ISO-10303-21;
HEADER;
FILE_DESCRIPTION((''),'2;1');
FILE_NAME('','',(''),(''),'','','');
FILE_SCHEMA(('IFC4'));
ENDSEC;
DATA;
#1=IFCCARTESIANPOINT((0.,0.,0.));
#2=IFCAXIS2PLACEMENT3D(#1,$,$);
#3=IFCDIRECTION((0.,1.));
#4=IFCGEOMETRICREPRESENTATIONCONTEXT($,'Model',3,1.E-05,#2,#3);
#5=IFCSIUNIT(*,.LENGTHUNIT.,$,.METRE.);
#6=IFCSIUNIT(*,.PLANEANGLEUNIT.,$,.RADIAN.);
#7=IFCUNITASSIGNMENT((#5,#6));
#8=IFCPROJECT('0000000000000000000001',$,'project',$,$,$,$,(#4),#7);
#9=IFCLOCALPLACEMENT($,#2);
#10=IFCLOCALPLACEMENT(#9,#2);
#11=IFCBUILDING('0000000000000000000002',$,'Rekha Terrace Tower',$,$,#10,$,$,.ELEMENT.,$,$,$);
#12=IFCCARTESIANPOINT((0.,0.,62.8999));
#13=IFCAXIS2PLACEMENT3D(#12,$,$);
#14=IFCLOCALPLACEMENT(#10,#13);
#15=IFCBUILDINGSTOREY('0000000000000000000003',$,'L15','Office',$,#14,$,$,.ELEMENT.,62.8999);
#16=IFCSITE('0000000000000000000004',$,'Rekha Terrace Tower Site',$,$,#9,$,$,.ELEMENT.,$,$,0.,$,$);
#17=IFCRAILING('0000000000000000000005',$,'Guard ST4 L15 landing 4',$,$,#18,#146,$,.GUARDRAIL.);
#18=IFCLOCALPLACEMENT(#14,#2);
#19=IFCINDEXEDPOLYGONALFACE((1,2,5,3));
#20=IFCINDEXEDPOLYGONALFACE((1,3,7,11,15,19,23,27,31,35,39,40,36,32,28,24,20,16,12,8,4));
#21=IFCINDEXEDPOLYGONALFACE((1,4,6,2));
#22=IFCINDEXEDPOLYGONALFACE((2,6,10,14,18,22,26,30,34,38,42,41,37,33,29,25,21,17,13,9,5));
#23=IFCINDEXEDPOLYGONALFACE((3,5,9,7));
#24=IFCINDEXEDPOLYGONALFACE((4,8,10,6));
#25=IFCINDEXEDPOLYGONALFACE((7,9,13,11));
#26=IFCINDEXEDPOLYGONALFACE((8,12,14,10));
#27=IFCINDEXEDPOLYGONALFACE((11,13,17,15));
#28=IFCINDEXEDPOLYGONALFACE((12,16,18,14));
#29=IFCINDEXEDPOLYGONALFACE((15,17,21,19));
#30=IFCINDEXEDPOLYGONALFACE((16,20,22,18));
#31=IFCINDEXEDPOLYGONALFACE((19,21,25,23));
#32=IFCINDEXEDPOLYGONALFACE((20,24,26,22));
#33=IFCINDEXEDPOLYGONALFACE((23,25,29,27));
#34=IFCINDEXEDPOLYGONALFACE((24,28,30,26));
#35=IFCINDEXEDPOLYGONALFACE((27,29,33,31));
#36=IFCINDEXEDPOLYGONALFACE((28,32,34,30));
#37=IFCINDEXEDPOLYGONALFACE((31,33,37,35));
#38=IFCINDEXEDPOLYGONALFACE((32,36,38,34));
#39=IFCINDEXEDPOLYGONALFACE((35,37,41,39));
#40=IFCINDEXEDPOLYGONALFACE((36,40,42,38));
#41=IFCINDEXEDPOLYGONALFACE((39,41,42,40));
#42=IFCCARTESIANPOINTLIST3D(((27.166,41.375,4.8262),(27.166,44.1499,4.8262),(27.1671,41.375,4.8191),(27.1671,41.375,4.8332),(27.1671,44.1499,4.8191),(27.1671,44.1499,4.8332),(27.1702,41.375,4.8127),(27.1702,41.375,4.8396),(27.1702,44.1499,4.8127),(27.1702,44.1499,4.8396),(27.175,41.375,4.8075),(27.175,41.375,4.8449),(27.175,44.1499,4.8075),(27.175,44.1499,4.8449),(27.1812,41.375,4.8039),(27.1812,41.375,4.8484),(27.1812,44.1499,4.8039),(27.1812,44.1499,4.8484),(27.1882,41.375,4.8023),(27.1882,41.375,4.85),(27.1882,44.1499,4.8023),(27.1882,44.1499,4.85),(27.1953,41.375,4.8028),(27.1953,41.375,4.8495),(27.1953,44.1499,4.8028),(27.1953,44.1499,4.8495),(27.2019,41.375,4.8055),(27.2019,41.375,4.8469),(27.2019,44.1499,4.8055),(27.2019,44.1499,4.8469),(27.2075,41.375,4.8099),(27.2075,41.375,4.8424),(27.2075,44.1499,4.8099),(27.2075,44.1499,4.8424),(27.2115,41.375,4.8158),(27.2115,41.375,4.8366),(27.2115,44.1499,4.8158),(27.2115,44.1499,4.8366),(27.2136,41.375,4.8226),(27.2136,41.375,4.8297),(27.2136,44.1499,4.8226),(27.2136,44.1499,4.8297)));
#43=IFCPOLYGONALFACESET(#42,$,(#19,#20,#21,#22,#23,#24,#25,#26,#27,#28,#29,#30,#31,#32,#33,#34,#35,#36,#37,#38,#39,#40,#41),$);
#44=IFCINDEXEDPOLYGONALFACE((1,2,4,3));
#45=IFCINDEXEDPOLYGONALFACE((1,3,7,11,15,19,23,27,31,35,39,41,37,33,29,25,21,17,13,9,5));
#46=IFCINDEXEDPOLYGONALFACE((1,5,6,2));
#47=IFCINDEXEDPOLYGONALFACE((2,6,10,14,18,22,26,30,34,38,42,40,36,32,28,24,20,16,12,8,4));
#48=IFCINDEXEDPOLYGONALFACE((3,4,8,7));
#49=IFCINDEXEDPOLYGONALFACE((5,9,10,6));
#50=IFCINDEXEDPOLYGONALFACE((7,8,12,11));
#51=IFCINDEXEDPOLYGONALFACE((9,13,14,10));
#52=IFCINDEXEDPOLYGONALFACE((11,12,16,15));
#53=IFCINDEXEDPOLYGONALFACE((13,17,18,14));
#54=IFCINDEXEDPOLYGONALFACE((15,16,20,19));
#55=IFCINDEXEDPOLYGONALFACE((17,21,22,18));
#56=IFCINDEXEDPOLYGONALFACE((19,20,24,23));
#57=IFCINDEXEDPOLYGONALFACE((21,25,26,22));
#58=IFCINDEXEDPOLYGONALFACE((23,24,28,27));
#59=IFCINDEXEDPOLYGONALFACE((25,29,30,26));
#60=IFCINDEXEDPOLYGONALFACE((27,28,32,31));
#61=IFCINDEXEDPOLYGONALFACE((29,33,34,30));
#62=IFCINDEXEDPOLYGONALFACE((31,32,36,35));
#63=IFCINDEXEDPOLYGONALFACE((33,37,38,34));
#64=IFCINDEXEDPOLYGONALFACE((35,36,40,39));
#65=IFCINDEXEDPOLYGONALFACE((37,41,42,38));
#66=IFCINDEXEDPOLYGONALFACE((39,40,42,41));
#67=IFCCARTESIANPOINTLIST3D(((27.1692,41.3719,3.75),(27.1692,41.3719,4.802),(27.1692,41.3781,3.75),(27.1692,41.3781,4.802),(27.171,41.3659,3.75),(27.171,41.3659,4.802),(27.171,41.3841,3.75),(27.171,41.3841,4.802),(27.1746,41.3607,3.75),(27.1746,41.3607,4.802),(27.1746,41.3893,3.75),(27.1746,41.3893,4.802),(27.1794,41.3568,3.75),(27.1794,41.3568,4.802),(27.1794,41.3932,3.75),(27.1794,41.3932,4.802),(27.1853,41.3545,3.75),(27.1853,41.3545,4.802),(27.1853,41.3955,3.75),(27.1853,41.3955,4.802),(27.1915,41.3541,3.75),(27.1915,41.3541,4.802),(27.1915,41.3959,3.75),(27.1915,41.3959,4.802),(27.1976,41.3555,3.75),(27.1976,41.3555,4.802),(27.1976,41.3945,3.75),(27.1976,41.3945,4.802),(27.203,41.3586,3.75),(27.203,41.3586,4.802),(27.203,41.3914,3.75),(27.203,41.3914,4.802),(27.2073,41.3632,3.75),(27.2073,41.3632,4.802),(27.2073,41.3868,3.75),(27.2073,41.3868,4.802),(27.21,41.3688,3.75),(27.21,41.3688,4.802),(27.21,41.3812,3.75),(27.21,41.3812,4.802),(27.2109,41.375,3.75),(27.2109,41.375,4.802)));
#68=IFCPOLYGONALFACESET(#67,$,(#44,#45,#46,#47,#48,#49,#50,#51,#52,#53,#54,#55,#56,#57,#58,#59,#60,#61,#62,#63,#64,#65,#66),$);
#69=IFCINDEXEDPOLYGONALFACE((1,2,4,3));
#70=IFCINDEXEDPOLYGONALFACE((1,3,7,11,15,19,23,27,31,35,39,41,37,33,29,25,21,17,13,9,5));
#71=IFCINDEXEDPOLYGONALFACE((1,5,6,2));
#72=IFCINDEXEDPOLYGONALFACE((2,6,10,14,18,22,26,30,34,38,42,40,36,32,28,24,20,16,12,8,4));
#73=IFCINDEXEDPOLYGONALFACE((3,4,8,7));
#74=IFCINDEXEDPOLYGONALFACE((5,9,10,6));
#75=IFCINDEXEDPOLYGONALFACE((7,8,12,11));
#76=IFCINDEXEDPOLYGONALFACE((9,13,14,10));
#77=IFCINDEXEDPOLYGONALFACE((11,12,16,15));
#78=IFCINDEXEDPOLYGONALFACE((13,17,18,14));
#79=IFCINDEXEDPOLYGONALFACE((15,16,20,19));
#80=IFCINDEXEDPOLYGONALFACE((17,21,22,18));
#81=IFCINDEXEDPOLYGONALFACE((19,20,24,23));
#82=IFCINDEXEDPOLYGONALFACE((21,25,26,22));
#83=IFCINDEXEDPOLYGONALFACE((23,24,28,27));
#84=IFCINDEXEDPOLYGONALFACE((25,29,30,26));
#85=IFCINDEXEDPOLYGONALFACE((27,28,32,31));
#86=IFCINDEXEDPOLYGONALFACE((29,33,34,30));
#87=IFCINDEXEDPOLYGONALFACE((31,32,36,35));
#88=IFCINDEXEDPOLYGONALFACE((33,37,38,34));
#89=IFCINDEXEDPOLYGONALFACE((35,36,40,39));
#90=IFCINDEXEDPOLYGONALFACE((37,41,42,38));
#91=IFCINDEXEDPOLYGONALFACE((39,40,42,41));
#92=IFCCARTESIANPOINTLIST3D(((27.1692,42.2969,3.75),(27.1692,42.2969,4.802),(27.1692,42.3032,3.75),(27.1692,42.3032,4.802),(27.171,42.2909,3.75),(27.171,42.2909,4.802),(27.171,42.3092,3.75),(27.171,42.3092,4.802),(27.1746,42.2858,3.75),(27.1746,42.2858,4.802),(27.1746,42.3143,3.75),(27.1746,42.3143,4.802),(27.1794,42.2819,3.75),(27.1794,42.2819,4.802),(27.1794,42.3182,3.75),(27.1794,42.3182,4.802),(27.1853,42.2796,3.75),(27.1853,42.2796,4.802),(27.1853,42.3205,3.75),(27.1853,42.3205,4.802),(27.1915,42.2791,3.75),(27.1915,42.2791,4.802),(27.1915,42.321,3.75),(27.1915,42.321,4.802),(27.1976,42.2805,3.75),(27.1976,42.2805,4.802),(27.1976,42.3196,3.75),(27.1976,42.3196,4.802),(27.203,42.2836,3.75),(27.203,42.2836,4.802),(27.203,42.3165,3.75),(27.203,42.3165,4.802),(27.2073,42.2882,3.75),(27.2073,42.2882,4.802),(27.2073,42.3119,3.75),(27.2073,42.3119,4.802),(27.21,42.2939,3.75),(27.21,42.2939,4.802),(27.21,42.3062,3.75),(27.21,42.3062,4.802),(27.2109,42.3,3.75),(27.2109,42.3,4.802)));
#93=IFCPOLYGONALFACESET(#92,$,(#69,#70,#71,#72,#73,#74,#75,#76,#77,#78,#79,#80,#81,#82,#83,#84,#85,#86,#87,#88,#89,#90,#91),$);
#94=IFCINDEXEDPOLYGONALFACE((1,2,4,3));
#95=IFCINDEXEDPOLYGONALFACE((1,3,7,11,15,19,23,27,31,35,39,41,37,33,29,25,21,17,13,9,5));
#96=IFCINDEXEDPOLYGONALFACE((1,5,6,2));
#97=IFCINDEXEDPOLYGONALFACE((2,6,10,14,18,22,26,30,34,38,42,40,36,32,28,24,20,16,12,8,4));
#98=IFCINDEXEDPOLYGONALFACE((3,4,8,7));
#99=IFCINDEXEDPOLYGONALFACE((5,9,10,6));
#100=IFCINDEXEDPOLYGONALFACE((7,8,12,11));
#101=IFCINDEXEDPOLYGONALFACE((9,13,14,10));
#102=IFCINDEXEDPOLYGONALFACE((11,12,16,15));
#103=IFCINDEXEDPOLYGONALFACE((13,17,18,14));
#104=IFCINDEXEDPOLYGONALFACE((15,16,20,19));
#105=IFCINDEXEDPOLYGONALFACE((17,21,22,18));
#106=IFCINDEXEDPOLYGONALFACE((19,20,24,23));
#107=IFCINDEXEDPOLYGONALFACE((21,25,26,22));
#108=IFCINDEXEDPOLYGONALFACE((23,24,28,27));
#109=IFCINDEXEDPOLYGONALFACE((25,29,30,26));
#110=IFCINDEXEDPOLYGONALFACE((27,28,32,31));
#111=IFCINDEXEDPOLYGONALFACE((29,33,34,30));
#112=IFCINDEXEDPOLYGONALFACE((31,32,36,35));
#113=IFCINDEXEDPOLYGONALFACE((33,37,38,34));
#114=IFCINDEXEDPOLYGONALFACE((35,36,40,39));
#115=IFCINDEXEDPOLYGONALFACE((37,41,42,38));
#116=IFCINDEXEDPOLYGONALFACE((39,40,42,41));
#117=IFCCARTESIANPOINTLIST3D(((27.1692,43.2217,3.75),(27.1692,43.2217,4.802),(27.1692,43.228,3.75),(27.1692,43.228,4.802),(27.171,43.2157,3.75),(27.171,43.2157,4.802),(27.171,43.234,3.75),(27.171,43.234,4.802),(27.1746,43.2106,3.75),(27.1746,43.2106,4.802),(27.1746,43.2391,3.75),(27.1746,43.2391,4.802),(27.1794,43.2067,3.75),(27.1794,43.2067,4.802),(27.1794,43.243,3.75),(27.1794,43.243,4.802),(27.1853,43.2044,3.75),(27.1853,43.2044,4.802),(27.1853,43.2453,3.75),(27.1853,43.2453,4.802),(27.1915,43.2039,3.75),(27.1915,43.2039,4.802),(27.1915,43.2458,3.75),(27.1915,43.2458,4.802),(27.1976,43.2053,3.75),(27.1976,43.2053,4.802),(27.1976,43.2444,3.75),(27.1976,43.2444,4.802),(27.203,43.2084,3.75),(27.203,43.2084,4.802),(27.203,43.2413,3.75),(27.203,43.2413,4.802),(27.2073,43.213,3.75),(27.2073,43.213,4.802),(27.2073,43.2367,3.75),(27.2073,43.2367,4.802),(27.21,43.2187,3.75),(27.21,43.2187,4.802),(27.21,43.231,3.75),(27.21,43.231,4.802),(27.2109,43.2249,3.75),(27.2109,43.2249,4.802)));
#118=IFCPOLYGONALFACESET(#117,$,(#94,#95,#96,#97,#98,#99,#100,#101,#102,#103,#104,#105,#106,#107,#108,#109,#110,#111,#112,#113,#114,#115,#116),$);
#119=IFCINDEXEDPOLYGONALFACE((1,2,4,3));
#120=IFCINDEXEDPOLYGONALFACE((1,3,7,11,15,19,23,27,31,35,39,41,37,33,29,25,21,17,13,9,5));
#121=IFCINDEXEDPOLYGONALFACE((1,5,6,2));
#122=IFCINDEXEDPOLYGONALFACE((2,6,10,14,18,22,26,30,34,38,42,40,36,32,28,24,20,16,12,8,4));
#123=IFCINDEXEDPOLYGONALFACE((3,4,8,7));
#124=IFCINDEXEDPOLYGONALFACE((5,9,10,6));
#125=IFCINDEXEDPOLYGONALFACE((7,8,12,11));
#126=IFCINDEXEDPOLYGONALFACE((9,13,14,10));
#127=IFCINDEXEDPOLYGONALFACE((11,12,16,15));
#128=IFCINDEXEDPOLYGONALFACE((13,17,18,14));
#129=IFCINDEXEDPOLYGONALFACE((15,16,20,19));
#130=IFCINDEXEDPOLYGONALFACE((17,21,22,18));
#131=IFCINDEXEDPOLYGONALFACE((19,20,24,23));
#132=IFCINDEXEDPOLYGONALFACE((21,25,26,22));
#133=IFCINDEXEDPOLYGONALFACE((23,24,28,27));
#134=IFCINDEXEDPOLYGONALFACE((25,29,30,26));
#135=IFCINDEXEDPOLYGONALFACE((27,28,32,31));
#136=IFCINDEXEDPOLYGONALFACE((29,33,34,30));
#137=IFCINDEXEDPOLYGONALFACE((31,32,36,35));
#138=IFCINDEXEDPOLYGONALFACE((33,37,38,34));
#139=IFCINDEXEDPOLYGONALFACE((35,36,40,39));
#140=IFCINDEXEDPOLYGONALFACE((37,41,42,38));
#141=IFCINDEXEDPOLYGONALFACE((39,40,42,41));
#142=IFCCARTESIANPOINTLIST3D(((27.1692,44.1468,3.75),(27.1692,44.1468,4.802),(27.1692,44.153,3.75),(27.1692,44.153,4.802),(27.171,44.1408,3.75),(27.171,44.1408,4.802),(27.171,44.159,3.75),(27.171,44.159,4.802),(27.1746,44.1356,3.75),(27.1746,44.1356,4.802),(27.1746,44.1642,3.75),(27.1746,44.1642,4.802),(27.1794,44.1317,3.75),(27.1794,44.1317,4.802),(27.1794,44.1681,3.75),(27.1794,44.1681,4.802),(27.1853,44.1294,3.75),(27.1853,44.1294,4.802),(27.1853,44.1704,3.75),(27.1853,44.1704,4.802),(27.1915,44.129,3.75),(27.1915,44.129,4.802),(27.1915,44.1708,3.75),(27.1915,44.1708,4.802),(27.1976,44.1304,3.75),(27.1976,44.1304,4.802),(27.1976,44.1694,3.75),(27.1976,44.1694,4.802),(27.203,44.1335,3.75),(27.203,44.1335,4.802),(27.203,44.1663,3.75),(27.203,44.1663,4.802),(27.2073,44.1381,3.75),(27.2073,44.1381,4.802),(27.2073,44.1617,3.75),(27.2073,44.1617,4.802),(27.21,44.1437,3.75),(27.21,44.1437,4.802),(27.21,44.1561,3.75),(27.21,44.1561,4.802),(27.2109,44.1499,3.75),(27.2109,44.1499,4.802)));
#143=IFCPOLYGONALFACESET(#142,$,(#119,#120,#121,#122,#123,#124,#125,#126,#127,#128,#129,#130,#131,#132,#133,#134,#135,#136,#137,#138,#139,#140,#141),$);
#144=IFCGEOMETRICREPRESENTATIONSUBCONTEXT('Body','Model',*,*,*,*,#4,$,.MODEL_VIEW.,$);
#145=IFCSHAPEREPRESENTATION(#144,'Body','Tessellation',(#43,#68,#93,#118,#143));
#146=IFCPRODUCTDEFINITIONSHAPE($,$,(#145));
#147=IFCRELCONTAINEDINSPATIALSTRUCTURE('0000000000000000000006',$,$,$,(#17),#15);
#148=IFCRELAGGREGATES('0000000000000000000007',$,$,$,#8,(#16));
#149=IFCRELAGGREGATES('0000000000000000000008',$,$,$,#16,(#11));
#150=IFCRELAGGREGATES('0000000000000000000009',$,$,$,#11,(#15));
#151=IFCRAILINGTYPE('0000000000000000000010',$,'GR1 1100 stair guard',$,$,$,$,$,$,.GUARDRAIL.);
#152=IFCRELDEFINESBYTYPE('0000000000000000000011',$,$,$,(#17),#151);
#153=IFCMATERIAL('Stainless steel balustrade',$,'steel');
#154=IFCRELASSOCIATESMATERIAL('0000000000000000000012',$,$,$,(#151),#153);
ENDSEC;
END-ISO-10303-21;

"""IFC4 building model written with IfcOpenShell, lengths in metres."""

from ifc_helpers import new_model, si_unit, direction, frame, origin, origin_2d, place, context, subcontext, project, spatial, circle, extrude, material, type_object, element, save


model = new_model("IFC4")

# Units and contexts
model_context = context("Model", 3, precision=1e-05, world=origin(), true_north=direction((0.0, 1.0)))
body_context = subcontext(model_context, "Body", "Model", "MODEL_VIEW")
ifc_project = project(units=[si_unit("LENGTHUNIT", "METRE"), si_unit("PLANEANGLEUNIT", "RADIAN")], contexts=[model_context])

# Site, building, storey
site_placement = place(None, origin())
site = spatial("IfcSite", under=ifc_project, at=site_placement, Name="Rekha Terrace Tower Site", CompositionType="ELEMENT", RefElevation=0.0)
building_placement = place(site_placement, origin())
building = spatial("IfcBuilding", under=site, at=building_placement, Name="Rekha Terrace Tower", CompositionType="ELEMENT")
storey_placement = place(building_placement, frame((0.0, 0.0, 62.8999)))
storey = spatial("IfcBuildingStorey", under=building, at=storey_placement, Name="L15", Description="Office", CompositionType="ELEMENT", Elevation=62.8999)

# Railing
ifc_material_1 = material(Name="Stainless steel balustrade", Category="steel")
railing_type_1 = type_object("IfcRailingType", Name="GR1 1100 stair guard", PredefinedType="GUARDRAIL", material=ifc_material_1)
railing_1_placement = place(storey_placement, frame((27.1899, 41.375, 3.75)))
element("IfcRailing", 1, at=railing_1_placement, inside=storey, type_object=railing_type_1, Name="Guard ST4 L15 landing 4", PredefinedType="GUARDRAIL", context=body_context, shape_type="SweptSolid", body=[
    extrude(circle(Radius=0.0239, at=origin_2d()), frame((0.0, 0.0, 1.0762), z_axis=(0.0, 1.0, 0.0), x_axis=(-1.0, 0.0, 0.0)), (0.0, 0.0, 1.0), 2.7749),
    extrude(circle(Radius=0.021, at=origin_2d()), origin(), (0.0, 0.0, 1.0), 1.052),
    extrude(circle(Radius=0.021, at=origin_2d()), frame((0.0, 0.925, 0.0)), (0.0, 0.0, 1.0), 1.052),
    extrude(circle(Radius=0.021, at=origin_2d()), frame((0.0, 1.8499, 0.0)), (0.0, 0.0, 1.0), 1.052),
    extrude(circle(Radius=0.021, at=origin_2d()), frame((0.0, 2.7749, 0.0)), (0.0, 0.0, 1.0), 1.052),
])

save(model, "model.ifc")
